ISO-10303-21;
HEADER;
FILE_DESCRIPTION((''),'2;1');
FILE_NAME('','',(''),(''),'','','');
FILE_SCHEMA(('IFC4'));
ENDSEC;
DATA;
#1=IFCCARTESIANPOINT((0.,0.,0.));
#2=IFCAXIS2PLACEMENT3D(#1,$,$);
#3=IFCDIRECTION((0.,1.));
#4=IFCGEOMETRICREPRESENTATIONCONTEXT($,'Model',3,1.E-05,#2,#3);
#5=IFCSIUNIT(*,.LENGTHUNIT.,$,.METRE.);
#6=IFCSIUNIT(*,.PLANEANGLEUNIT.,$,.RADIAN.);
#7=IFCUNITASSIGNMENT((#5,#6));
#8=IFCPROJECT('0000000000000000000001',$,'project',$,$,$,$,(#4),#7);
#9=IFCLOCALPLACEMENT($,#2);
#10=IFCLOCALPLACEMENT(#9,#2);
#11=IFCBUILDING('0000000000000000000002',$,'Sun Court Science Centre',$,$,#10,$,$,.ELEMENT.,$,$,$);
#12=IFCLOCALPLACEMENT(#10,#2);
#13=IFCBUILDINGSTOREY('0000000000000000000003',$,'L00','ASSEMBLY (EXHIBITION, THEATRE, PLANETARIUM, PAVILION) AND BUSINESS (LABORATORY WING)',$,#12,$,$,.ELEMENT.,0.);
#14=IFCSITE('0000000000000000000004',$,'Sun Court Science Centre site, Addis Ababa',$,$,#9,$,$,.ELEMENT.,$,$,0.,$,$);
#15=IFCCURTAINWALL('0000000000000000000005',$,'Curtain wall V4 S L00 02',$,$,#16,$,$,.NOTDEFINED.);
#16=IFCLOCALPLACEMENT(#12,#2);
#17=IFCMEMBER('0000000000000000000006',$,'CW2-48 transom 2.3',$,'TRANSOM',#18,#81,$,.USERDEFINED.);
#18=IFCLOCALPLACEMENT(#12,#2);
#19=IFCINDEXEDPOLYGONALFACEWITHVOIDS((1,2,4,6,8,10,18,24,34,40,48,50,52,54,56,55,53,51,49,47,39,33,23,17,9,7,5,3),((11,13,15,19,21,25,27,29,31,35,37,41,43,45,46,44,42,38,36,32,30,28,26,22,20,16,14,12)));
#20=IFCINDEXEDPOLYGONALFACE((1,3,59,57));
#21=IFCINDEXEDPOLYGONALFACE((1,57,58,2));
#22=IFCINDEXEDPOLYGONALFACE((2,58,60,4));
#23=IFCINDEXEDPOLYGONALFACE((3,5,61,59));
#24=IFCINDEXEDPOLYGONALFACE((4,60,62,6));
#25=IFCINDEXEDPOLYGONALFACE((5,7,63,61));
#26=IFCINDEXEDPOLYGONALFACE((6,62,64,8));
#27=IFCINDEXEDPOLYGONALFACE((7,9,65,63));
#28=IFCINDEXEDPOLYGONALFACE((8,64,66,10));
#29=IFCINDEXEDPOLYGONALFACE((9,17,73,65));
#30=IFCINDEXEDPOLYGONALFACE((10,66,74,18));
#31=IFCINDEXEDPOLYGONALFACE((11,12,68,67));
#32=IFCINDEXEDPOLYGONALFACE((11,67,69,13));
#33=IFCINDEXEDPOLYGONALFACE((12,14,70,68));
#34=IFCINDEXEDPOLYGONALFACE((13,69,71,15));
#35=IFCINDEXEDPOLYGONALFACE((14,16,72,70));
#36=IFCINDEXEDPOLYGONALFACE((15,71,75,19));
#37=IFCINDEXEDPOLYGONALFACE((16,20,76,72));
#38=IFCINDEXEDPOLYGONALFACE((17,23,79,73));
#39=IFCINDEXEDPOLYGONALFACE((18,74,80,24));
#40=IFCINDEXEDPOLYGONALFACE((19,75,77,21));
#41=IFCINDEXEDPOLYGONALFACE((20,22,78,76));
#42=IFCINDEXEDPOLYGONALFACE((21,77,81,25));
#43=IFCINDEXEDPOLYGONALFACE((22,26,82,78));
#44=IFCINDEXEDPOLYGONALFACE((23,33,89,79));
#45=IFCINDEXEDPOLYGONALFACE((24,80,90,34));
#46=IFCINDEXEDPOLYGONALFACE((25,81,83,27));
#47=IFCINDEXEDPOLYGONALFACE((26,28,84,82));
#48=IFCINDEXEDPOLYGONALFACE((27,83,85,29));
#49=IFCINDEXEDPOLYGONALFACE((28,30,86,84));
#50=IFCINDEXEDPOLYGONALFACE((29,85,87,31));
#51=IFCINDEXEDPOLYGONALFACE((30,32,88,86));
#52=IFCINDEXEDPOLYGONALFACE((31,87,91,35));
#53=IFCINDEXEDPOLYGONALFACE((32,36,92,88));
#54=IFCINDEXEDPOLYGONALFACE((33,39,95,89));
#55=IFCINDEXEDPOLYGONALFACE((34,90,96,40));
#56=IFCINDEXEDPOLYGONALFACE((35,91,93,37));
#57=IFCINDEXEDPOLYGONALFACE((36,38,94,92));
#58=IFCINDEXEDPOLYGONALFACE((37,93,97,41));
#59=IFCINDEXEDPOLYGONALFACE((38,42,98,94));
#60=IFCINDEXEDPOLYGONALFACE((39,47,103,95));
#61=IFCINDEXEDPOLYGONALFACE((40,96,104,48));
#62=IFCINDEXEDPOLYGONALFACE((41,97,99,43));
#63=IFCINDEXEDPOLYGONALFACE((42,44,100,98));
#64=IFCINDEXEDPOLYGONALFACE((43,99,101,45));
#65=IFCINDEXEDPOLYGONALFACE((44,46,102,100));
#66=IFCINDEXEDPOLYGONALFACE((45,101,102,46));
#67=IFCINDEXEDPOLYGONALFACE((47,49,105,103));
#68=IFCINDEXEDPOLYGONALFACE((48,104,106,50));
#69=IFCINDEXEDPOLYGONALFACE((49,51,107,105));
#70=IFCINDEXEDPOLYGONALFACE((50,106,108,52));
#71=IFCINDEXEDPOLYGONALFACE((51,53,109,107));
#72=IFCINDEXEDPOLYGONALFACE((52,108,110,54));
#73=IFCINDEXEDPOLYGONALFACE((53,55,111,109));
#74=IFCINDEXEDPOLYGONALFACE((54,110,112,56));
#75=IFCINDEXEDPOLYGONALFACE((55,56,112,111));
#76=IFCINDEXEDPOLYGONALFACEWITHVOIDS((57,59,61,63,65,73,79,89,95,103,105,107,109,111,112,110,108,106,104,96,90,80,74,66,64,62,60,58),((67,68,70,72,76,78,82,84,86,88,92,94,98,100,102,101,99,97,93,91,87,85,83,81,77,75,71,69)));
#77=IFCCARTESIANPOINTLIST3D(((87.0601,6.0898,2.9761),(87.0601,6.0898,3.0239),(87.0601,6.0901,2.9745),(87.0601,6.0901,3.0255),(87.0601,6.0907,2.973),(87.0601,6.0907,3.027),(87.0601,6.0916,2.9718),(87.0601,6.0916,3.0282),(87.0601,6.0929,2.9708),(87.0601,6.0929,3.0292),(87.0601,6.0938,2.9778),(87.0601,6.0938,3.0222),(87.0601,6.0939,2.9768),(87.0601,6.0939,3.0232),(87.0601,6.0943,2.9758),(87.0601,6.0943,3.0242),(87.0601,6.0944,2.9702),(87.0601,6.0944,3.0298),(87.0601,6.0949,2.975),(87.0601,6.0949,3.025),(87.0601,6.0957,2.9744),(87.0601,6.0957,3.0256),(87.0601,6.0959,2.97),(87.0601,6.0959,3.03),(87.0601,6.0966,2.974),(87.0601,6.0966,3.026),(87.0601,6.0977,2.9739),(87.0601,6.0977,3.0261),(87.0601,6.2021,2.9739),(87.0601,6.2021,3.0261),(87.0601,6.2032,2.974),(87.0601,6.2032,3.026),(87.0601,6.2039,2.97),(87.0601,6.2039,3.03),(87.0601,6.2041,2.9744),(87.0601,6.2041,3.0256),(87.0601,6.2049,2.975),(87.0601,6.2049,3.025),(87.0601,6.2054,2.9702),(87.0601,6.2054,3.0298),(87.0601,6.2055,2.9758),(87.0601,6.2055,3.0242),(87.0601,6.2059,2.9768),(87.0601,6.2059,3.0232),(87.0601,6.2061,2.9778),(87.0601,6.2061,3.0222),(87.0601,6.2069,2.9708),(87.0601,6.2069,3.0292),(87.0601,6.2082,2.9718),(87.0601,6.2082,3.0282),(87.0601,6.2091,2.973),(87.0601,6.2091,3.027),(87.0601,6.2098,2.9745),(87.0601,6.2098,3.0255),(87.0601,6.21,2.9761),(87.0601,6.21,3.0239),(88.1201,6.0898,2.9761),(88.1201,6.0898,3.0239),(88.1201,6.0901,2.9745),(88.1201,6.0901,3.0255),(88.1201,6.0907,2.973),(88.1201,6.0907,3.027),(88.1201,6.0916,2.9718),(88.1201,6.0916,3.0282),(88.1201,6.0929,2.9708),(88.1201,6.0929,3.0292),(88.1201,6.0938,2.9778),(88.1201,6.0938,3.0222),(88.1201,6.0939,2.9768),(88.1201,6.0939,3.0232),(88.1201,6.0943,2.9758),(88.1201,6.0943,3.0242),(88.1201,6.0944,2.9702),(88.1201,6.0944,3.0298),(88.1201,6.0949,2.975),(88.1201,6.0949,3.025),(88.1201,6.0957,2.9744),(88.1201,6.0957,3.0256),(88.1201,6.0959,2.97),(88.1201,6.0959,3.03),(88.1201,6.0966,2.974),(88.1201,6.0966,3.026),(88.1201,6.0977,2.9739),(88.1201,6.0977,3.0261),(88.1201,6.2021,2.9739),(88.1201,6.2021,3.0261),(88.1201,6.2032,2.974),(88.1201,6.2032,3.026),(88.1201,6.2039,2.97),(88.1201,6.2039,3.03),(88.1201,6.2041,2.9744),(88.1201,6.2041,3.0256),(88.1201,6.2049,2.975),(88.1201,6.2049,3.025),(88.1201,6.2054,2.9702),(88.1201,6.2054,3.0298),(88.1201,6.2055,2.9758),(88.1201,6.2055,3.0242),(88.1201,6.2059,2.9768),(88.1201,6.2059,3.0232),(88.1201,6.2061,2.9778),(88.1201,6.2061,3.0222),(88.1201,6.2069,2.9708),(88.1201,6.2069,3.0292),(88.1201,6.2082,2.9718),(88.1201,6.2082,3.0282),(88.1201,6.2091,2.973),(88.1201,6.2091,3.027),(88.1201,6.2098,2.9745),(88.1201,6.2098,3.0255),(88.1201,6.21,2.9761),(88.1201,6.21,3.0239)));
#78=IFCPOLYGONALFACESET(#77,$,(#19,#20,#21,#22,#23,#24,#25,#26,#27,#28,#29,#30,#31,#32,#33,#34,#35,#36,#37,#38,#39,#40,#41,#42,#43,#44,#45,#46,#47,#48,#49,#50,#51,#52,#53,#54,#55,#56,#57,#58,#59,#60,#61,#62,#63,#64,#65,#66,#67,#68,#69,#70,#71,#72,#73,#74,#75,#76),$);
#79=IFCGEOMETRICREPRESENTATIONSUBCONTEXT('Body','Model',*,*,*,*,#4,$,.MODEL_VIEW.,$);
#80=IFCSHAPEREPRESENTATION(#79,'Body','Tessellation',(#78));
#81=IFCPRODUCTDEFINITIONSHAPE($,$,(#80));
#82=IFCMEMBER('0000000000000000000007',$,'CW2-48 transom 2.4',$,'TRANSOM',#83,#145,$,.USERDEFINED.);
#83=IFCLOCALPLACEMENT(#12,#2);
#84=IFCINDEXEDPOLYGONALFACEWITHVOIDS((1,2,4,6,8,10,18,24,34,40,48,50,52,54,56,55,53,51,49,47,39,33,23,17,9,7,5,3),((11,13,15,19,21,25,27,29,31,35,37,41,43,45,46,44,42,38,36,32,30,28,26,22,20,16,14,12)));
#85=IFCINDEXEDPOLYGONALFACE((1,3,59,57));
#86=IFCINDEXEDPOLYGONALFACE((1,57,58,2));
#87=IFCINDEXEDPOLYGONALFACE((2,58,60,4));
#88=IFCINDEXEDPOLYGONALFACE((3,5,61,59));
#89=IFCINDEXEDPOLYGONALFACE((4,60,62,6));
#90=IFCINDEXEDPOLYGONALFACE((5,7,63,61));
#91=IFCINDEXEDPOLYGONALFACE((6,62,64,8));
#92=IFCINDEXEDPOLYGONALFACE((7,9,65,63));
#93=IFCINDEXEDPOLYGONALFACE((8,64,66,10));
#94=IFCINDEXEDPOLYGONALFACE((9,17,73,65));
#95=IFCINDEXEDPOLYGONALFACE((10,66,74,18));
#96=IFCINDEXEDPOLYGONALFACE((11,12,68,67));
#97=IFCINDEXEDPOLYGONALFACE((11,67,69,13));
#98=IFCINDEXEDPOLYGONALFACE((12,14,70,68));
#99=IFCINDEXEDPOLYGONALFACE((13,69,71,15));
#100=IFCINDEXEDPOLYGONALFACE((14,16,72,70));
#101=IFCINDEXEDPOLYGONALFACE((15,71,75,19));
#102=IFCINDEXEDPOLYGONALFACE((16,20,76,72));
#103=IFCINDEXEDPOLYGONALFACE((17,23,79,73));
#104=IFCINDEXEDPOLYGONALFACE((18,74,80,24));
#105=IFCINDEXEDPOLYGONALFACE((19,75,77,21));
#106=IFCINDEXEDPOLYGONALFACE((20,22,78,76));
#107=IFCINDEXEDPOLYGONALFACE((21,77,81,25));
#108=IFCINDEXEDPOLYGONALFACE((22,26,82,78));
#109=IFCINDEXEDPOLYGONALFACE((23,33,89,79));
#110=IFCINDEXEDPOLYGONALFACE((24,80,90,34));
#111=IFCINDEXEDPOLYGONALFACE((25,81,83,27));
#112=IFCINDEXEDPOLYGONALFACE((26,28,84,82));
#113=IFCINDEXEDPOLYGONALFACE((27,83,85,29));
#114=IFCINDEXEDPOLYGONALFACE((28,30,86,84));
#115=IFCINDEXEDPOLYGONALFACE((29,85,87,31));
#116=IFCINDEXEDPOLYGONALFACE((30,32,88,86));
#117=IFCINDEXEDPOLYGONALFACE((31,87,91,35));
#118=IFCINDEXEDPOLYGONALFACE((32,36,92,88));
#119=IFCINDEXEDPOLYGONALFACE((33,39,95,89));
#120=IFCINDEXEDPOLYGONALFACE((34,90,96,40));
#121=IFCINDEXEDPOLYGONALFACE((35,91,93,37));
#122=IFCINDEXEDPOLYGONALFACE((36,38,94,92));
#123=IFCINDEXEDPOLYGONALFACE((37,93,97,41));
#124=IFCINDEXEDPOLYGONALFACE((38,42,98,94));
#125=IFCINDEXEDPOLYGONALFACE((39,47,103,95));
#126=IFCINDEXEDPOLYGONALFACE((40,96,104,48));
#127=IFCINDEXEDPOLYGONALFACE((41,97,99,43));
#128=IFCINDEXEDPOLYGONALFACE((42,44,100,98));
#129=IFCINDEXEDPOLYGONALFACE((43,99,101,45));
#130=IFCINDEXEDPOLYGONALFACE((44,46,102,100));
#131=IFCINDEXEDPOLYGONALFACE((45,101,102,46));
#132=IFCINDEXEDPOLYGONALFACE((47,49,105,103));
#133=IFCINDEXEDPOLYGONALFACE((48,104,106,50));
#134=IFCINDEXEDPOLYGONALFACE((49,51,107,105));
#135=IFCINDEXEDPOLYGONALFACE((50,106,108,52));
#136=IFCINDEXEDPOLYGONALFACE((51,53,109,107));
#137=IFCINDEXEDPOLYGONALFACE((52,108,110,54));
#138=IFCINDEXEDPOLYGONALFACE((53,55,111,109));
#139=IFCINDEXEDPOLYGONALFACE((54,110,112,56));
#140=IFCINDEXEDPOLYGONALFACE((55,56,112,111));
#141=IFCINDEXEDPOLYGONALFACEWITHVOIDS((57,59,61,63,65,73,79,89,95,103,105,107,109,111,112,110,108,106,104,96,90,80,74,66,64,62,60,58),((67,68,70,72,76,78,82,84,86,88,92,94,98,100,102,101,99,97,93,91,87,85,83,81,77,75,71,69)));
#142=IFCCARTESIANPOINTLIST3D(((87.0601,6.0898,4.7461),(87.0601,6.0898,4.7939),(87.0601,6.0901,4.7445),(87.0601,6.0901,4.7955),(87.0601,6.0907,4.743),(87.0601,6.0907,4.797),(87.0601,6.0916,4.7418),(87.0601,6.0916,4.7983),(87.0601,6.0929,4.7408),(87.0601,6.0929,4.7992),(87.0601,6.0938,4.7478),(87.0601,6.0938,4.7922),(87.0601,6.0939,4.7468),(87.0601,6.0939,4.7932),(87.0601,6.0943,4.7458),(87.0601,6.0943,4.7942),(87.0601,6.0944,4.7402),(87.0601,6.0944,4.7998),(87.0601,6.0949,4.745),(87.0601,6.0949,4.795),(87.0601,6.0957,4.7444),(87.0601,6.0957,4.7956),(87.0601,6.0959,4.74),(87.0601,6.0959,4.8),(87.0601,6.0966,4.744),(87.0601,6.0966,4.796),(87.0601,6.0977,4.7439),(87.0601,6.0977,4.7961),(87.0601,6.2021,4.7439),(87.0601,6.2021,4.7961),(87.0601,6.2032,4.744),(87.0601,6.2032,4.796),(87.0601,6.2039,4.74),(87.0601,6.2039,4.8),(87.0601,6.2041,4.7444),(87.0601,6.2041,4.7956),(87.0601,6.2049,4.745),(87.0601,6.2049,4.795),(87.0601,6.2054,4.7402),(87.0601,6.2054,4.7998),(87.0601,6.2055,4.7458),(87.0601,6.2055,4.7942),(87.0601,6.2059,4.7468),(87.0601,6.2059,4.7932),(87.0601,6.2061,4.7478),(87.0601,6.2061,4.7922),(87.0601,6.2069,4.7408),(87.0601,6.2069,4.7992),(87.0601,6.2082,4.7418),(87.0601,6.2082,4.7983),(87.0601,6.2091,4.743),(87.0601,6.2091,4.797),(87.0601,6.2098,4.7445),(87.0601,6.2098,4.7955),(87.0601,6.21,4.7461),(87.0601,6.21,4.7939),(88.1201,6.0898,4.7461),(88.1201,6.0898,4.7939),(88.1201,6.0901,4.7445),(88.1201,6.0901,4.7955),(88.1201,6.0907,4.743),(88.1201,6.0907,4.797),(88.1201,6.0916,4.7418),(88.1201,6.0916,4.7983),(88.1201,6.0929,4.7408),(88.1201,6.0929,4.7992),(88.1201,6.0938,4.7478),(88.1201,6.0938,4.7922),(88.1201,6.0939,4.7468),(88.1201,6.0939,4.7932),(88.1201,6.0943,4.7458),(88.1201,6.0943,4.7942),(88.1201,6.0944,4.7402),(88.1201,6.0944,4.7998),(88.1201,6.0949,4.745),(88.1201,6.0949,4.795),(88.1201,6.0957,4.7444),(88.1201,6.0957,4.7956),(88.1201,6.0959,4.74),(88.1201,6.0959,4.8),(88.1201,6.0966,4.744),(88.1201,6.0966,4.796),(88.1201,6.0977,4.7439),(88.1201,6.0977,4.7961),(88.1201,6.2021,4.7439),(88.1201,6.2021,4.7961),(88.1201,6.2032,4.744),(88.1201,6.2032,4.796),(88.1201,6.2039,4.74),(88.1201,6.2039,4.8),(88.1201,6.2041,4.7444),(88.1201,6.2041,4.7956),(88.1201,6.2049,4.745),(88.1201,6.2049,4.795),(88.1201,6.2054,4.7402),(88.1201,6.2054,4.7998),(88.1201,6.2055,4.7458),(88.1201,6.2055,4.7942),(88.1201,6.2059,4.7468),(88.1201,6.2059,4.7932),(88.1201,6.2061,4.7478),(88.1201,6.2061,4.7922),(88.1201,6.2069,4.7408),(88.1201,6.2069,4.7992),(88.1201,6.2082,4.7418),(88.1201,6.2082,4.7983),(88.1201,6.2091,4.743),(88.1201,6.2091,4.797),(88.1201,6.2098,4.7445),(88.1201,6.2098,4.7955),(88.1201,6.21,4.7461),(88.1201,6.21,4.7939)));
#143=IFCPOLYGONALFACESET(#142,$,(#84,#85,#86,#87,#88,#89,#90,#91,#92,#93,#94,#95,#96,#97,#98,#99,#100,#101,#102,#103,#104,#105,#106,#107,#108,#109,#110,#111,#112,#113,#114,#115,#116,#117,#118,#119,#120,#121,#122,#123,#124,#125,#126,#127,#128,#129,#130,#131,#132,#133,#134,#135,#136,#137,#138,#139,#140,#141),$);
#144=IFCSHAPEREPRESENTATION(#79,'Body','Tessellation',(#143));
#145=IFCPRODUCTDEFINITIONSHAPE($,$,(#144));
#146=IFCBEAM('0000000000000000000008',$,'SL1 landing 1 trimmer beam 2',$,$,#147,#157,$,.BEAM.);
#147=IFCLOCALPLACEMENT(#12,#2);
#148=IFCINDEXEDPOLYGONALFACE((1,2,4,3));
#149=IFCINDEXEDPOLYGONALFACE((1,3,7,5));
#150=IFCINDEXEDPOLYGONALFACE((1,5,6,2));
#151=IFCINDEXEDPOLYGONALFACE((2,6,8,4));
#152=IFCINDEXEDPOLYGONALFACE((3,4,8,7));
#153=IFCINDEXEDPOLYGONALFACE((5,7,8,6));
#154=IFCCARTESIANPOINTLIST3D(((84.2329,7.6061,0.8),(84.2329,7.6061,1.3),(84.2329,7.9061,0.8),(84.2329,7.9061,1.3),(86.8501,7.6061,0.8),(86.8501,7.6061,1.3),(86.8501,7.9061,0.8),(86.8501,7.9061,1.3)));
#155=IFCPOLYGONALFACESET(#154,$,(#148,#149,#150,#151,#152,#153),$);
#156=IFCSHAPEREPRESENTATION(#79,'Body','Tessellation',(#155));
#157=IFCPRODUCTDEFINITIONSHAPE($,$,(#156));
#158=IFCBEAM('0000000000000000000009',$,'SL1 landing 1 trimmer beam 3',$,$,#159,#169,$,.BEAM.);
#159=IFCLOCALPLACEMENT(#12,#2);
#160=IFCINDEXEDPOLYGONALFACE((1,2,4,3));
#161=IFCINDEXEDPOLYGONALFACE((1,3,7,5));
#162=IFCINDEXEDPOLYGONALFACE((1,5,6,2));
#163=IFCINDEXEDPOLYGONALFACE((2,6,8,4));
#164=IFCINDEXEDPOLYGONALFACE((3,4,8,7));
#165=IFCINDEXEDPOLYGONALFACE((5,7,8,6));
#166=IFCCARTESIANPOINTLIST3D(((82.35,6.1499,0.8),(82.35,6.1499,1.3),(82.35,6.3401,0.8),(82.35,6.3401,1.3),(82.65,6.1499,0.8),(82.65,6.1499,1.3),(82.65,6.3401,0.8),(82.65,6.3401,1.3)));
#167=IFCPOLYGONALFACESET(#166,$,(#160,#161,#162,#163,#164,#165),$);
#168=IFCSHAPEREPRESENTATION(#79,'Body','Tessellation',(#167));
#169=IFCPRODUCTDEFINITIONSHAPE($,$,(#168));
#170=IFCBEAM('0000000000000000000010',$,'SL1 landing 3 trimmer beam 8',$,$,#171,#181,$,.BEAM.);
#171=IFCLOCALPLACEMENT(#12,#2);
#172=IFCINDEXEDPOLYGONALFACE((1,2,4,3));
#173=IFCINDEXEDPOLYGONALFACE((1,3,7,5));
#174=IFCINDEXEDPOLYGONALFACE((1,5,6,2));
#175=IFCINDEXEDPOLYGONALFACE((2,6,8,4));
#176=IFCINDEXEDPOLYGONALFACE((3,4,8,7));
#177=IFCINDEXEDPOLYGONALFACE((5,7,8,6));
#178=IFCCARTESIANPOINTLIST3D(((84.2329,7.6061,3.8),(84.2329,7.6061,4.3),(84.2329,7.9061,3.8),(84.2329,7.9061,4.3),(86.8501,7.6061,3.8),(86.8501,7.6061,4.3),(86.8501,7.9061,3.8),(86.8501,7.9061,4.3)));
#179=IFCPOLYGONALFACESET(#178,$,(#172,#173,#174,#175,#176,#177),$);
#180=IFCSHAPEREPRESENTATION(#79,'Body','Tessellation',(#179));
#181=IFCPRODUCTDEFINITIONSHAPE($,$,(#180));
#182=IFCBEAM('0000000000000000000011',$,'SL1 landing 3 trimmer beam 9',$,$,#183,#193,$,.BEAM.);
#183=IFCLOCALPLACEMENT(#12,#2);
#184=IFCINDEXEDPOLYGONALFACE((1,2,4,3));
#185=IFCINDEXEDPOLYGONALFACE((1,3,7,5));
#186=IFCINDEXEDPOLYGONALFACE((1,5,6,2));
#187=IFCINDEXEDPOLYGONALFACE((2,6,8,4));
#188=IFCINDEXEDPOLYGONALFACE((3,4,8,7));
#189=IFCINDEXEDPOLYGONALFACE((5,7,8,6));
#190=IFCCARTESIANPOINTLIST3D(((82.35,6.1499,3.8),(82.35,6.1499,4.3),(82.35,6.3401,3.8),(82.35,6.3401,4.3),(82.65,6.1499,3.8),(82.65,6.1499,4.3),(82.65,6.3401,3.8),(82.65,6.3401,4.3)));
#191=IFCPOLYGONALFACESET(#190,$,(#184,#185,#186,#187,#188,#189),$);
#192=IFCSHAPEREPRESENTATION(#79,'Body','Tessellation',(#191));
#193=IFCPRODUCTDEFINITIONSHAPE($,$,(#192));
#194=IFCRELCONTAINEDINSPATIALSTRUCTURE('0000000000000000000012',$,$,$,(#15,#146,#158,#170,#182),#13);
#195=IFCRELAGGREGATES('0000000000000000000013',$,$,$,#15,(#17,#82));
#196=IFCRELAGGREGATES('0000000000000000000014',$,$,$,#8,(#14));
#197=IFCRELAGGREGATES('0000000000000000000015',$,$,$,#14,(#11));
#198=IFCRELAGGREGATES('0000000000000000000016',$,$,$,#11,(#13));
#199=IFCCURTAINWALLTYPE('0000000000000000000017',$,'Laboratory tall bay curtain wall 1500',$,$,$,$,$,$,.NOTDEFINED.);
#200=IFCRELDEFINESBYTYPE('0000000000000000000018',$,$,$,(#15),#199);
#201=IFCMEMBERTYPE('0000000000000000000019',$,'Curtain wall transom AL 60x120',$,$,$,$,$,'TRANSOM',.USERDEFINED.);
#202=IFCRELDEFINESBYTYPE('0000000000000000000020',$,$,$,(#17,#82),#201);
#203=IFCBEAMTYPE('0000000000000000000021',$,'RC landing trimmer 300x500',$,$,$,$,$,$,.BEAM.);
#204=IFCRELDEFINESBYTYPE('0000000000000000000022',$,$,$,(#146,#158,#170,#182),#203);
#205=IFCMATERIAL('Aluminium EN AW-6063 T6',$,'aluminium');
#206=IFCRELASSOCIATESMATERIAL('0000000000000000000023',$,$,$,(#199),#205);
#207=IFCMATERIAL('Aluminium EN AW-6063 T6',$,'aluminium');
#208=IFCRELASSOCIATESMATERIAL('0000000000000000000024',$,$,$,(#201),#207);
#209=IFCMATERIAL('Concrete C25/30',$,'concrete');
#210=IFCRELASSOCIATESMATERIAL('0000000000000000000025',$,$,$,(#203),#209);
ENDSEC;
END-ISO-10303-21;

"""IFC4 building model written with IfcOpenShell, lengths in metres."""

from ifc_helpers import new_model, si_unit, direction, frame, origin, origin_2d, place, context, subcontext, project, spatial, rectangle, hollow_rectangle, extrude, material, material_profile, profile_set, type_object, element, aggregate, save


model = new_model("IFC4")

# Units and contexts
model_context = context("Model", 3, precision=1e-05, world=origin(), true_north=direction((0.0, 1.0)))
body_context = subcontext(model_context, "Body", "Model", "MODEL_VIEW")
ifc_project = project(units=[si_unit("LENGTHUNIT", "METRE"), si_unit("PLANEANGLEUNIT", "RADIAN")], contexts=[model_context])

# Site, building, storey
site_placement = place(None, origin())
site = spatial("IfcSite", under=ifc_project, at=site_placement, Name="Sun Court Science Centre site, Addis Ababa", CompositionType="ELEMENT", RefElevation=0.0)
building_placement = place(site_placement, origin())
building = spatial("IfcBuilding", under=site, at=building_placement, Name="Sun Court Science Centre", CompositionType="ELEMENT")
storey_placement = place(building_placement, origin())
storey = spatial("IfcBuildingStorey", under=building, at=storey_placement, Name="L00", Description="ASSEMBLY (EXHIBITION, THEATRE, PLANETARIUM, PAVILION) AND BUSINESS (LABORATORY WING)", CompositionType="ELEMENT", Elevation=0.0)

# Curtain wall, members
ifc_material_1 = material(Name="Aluminium EN AW-6063 T6", Category="aluminium")
curtain_wall_type = type_object("IfcCurtainWallType", Name="Laboratory tall bay curtain wall 1500", PredefinedType="NOTDEFINED", material=ifc_material_1)
curtain_wall_placement = place(storey_placement, origin())
curtain_wall = element("IfcCurtainWall", 1, at=curtain_wall_placement, inside=storey, type_object=curtain_wall_type, Name="Curtain wall V4 S L00 02", PredefinedType="NOTDEFINED")
ifc_material_2 = material(Name="Aluminium EN AW-6063 T6", Category="aluminium")
ifc_material_profile_1 = material_profile(ifc_material_2, hollow_rectangle(XDim=0.0601, YDim=0.1201, WallThickness=0.0039, InnerFilletRadius=0.0039, OuterFilletRadius=0.0061, at=origin_2d()), Name="AL 60x120x4")
ifc_profile_set_1 = profile_set([ifc_material_profile_1], Name="Aluminium EN AW-6063 T6")
member_type_1 = type_object("IfcMemberType", Name="Curtain wall transom AL 60x120", ElementType="TRANSOM", PredefinedType="USERDEFINED", material=ifc_profile_set_1)
member_1_placement = place(storey_placement, frame((88.1201, 6.1499, 3.0), z_axis=(-1.0, 0.0, 0.0), x_axis=(0.0, 0.0, 1.0)))
member_1 = element("IfcMember", 2, at=member_1_placement, type_object=member_type_1, Name="CW2-48 transom 2.3", ObjectType="TRANSOM", PredefinedType="USERDEFINED", context=body_context, shape_type="SweptSolid", body=[
    extrude(hollow_rectangle(XDim=0.0601, YDim=0.1201, WallThickness=0.0039, InnerFilletRadius=0.0039, OuterFilletRadius=0.0061, at=origin_2d()), origin(), (0.0, 0.0, 1.0), 1.0601),
])
member_2_placement = place(storey_placement, frame((88.1201, 6.1499, 4.77), z_axis=(-1.0, 0.0, 0.0), x_axis=(0.0, 0.0, 1.0)))
member_2 = element("IfcMember", 3, at=member_2_placement, type_object=member_type_1, Name="CW2-48 transom 2.4", ObjectType="TRANSOM", PredefinedType="USERDEFINED", context=body_context, shape_type="SweptSolid", body=[
    extrude(hollow_rectangle(XDim=0.0601, YDim=0.1201, WallThickness=0.0039, InnerFilletRadius=0.0039, OuterFilletRadius=0.0061, at=origin_2d()), origin(), (0.0, 0.0, 1.0), 1.0601),
])

# Beams
ifc_material_3 = material(Name="Concrete C25/30", Category="concrete")
ifc_material_profile_2 = material_profile(ifc_material_3, rectangle(XDim=0.3, YDim=0.5, at=origin_2d()), Name="RC 300x500")
ifc_profile_set_2 = profile_set([ifc_material_profile_2], Name="Concrete C25/30")
beam_type = type_object("IfcBeamType", Name="RC landing trimmer 300x500", PredefinedType="BEAM", material=ifc_profile_set_2)
beam_1_placement = place(storey_placement, frame((86.8501, 7.7561, 1.05), z_axis=(-1.0, 0.0, 0.0), x_axis=(0.0, -1.0, 0.0)))
element("IfcBeam", 4, at=beam_1_placement, inside=storey, type_object=beam_type, Name="SL1 landing 1 trimmer beam 2", PredefinedType="BEAM", context=body_context, shape_type="SweptSolid", body=[
    extrude(rectangle(XDim=0.3, YDim=0.5, at=origin_2d()), origin(), (0.0, 0.0, 1.0), 2.6172),
])
beam_2_placement = place(storey_placement, frame((82.5, 6.1499, 1.05), z_axis=(0.0, 1.0, 0.0), x_axis=(-1.0, 0.0, 0.0)))
element("IfcBeam", 5, at=beam_2_placement, inside=storey, type_object=beam_type, Name="SL1 landing 1 trimmer beam 3", PredefinedType="BEAM", context=body_context, shape_type="SweptSolid", body=[
    extrude(rectangle(XDim=0.3, YDim=0.5, at=origin_2d()), origin(), (0.0, 0.0, 1.0), 0.1902),
])
beam_3_placement = place(storey_placement, frame((86.8501, 7.7561, 4.05), z_axis=(-1.0, 0.0, 0.0), x_axis=(0.0, -1.0, 0.0)))
element("IfcBeam", 6, at=beam_3_placement, inside=storey, type_object=beam_type, Name="SL1 landing 3 trimmer beam 8", PredefinedType="BEAM", context=body_context, shape_type="SweptSolid", body=[
    extrude(rectangle(XDim=0.3, YDim=0.5, at=origin_2d()), origin(), (0.0, 0.0, 1.0), 2.6172),
])
beam_4_placement = place(storey_placement, frame((82.5, 6.1499, 4.05), z_axis=(0.0, 1.0, 0.0), x_axis=(-1.0, 0.0, 0.0)))
element("IfcBeam", 7, at=beam_4_placement, inside=storey, type_object=beam_type, Name="SL1 landing 3 trimmer beam 9", PredefinedType="BEAM", context=body_context, shape_type="SweptSolid", body=[
    extrude(rectangle(XDim=0.3, YDim=0.5, at=origin_2d()), origin(), (0.0, 0.0, 1.0), 0.1902),
])

aggregate(curtain_wall, [member_1, member_2])

save(model, "model.ifc")
